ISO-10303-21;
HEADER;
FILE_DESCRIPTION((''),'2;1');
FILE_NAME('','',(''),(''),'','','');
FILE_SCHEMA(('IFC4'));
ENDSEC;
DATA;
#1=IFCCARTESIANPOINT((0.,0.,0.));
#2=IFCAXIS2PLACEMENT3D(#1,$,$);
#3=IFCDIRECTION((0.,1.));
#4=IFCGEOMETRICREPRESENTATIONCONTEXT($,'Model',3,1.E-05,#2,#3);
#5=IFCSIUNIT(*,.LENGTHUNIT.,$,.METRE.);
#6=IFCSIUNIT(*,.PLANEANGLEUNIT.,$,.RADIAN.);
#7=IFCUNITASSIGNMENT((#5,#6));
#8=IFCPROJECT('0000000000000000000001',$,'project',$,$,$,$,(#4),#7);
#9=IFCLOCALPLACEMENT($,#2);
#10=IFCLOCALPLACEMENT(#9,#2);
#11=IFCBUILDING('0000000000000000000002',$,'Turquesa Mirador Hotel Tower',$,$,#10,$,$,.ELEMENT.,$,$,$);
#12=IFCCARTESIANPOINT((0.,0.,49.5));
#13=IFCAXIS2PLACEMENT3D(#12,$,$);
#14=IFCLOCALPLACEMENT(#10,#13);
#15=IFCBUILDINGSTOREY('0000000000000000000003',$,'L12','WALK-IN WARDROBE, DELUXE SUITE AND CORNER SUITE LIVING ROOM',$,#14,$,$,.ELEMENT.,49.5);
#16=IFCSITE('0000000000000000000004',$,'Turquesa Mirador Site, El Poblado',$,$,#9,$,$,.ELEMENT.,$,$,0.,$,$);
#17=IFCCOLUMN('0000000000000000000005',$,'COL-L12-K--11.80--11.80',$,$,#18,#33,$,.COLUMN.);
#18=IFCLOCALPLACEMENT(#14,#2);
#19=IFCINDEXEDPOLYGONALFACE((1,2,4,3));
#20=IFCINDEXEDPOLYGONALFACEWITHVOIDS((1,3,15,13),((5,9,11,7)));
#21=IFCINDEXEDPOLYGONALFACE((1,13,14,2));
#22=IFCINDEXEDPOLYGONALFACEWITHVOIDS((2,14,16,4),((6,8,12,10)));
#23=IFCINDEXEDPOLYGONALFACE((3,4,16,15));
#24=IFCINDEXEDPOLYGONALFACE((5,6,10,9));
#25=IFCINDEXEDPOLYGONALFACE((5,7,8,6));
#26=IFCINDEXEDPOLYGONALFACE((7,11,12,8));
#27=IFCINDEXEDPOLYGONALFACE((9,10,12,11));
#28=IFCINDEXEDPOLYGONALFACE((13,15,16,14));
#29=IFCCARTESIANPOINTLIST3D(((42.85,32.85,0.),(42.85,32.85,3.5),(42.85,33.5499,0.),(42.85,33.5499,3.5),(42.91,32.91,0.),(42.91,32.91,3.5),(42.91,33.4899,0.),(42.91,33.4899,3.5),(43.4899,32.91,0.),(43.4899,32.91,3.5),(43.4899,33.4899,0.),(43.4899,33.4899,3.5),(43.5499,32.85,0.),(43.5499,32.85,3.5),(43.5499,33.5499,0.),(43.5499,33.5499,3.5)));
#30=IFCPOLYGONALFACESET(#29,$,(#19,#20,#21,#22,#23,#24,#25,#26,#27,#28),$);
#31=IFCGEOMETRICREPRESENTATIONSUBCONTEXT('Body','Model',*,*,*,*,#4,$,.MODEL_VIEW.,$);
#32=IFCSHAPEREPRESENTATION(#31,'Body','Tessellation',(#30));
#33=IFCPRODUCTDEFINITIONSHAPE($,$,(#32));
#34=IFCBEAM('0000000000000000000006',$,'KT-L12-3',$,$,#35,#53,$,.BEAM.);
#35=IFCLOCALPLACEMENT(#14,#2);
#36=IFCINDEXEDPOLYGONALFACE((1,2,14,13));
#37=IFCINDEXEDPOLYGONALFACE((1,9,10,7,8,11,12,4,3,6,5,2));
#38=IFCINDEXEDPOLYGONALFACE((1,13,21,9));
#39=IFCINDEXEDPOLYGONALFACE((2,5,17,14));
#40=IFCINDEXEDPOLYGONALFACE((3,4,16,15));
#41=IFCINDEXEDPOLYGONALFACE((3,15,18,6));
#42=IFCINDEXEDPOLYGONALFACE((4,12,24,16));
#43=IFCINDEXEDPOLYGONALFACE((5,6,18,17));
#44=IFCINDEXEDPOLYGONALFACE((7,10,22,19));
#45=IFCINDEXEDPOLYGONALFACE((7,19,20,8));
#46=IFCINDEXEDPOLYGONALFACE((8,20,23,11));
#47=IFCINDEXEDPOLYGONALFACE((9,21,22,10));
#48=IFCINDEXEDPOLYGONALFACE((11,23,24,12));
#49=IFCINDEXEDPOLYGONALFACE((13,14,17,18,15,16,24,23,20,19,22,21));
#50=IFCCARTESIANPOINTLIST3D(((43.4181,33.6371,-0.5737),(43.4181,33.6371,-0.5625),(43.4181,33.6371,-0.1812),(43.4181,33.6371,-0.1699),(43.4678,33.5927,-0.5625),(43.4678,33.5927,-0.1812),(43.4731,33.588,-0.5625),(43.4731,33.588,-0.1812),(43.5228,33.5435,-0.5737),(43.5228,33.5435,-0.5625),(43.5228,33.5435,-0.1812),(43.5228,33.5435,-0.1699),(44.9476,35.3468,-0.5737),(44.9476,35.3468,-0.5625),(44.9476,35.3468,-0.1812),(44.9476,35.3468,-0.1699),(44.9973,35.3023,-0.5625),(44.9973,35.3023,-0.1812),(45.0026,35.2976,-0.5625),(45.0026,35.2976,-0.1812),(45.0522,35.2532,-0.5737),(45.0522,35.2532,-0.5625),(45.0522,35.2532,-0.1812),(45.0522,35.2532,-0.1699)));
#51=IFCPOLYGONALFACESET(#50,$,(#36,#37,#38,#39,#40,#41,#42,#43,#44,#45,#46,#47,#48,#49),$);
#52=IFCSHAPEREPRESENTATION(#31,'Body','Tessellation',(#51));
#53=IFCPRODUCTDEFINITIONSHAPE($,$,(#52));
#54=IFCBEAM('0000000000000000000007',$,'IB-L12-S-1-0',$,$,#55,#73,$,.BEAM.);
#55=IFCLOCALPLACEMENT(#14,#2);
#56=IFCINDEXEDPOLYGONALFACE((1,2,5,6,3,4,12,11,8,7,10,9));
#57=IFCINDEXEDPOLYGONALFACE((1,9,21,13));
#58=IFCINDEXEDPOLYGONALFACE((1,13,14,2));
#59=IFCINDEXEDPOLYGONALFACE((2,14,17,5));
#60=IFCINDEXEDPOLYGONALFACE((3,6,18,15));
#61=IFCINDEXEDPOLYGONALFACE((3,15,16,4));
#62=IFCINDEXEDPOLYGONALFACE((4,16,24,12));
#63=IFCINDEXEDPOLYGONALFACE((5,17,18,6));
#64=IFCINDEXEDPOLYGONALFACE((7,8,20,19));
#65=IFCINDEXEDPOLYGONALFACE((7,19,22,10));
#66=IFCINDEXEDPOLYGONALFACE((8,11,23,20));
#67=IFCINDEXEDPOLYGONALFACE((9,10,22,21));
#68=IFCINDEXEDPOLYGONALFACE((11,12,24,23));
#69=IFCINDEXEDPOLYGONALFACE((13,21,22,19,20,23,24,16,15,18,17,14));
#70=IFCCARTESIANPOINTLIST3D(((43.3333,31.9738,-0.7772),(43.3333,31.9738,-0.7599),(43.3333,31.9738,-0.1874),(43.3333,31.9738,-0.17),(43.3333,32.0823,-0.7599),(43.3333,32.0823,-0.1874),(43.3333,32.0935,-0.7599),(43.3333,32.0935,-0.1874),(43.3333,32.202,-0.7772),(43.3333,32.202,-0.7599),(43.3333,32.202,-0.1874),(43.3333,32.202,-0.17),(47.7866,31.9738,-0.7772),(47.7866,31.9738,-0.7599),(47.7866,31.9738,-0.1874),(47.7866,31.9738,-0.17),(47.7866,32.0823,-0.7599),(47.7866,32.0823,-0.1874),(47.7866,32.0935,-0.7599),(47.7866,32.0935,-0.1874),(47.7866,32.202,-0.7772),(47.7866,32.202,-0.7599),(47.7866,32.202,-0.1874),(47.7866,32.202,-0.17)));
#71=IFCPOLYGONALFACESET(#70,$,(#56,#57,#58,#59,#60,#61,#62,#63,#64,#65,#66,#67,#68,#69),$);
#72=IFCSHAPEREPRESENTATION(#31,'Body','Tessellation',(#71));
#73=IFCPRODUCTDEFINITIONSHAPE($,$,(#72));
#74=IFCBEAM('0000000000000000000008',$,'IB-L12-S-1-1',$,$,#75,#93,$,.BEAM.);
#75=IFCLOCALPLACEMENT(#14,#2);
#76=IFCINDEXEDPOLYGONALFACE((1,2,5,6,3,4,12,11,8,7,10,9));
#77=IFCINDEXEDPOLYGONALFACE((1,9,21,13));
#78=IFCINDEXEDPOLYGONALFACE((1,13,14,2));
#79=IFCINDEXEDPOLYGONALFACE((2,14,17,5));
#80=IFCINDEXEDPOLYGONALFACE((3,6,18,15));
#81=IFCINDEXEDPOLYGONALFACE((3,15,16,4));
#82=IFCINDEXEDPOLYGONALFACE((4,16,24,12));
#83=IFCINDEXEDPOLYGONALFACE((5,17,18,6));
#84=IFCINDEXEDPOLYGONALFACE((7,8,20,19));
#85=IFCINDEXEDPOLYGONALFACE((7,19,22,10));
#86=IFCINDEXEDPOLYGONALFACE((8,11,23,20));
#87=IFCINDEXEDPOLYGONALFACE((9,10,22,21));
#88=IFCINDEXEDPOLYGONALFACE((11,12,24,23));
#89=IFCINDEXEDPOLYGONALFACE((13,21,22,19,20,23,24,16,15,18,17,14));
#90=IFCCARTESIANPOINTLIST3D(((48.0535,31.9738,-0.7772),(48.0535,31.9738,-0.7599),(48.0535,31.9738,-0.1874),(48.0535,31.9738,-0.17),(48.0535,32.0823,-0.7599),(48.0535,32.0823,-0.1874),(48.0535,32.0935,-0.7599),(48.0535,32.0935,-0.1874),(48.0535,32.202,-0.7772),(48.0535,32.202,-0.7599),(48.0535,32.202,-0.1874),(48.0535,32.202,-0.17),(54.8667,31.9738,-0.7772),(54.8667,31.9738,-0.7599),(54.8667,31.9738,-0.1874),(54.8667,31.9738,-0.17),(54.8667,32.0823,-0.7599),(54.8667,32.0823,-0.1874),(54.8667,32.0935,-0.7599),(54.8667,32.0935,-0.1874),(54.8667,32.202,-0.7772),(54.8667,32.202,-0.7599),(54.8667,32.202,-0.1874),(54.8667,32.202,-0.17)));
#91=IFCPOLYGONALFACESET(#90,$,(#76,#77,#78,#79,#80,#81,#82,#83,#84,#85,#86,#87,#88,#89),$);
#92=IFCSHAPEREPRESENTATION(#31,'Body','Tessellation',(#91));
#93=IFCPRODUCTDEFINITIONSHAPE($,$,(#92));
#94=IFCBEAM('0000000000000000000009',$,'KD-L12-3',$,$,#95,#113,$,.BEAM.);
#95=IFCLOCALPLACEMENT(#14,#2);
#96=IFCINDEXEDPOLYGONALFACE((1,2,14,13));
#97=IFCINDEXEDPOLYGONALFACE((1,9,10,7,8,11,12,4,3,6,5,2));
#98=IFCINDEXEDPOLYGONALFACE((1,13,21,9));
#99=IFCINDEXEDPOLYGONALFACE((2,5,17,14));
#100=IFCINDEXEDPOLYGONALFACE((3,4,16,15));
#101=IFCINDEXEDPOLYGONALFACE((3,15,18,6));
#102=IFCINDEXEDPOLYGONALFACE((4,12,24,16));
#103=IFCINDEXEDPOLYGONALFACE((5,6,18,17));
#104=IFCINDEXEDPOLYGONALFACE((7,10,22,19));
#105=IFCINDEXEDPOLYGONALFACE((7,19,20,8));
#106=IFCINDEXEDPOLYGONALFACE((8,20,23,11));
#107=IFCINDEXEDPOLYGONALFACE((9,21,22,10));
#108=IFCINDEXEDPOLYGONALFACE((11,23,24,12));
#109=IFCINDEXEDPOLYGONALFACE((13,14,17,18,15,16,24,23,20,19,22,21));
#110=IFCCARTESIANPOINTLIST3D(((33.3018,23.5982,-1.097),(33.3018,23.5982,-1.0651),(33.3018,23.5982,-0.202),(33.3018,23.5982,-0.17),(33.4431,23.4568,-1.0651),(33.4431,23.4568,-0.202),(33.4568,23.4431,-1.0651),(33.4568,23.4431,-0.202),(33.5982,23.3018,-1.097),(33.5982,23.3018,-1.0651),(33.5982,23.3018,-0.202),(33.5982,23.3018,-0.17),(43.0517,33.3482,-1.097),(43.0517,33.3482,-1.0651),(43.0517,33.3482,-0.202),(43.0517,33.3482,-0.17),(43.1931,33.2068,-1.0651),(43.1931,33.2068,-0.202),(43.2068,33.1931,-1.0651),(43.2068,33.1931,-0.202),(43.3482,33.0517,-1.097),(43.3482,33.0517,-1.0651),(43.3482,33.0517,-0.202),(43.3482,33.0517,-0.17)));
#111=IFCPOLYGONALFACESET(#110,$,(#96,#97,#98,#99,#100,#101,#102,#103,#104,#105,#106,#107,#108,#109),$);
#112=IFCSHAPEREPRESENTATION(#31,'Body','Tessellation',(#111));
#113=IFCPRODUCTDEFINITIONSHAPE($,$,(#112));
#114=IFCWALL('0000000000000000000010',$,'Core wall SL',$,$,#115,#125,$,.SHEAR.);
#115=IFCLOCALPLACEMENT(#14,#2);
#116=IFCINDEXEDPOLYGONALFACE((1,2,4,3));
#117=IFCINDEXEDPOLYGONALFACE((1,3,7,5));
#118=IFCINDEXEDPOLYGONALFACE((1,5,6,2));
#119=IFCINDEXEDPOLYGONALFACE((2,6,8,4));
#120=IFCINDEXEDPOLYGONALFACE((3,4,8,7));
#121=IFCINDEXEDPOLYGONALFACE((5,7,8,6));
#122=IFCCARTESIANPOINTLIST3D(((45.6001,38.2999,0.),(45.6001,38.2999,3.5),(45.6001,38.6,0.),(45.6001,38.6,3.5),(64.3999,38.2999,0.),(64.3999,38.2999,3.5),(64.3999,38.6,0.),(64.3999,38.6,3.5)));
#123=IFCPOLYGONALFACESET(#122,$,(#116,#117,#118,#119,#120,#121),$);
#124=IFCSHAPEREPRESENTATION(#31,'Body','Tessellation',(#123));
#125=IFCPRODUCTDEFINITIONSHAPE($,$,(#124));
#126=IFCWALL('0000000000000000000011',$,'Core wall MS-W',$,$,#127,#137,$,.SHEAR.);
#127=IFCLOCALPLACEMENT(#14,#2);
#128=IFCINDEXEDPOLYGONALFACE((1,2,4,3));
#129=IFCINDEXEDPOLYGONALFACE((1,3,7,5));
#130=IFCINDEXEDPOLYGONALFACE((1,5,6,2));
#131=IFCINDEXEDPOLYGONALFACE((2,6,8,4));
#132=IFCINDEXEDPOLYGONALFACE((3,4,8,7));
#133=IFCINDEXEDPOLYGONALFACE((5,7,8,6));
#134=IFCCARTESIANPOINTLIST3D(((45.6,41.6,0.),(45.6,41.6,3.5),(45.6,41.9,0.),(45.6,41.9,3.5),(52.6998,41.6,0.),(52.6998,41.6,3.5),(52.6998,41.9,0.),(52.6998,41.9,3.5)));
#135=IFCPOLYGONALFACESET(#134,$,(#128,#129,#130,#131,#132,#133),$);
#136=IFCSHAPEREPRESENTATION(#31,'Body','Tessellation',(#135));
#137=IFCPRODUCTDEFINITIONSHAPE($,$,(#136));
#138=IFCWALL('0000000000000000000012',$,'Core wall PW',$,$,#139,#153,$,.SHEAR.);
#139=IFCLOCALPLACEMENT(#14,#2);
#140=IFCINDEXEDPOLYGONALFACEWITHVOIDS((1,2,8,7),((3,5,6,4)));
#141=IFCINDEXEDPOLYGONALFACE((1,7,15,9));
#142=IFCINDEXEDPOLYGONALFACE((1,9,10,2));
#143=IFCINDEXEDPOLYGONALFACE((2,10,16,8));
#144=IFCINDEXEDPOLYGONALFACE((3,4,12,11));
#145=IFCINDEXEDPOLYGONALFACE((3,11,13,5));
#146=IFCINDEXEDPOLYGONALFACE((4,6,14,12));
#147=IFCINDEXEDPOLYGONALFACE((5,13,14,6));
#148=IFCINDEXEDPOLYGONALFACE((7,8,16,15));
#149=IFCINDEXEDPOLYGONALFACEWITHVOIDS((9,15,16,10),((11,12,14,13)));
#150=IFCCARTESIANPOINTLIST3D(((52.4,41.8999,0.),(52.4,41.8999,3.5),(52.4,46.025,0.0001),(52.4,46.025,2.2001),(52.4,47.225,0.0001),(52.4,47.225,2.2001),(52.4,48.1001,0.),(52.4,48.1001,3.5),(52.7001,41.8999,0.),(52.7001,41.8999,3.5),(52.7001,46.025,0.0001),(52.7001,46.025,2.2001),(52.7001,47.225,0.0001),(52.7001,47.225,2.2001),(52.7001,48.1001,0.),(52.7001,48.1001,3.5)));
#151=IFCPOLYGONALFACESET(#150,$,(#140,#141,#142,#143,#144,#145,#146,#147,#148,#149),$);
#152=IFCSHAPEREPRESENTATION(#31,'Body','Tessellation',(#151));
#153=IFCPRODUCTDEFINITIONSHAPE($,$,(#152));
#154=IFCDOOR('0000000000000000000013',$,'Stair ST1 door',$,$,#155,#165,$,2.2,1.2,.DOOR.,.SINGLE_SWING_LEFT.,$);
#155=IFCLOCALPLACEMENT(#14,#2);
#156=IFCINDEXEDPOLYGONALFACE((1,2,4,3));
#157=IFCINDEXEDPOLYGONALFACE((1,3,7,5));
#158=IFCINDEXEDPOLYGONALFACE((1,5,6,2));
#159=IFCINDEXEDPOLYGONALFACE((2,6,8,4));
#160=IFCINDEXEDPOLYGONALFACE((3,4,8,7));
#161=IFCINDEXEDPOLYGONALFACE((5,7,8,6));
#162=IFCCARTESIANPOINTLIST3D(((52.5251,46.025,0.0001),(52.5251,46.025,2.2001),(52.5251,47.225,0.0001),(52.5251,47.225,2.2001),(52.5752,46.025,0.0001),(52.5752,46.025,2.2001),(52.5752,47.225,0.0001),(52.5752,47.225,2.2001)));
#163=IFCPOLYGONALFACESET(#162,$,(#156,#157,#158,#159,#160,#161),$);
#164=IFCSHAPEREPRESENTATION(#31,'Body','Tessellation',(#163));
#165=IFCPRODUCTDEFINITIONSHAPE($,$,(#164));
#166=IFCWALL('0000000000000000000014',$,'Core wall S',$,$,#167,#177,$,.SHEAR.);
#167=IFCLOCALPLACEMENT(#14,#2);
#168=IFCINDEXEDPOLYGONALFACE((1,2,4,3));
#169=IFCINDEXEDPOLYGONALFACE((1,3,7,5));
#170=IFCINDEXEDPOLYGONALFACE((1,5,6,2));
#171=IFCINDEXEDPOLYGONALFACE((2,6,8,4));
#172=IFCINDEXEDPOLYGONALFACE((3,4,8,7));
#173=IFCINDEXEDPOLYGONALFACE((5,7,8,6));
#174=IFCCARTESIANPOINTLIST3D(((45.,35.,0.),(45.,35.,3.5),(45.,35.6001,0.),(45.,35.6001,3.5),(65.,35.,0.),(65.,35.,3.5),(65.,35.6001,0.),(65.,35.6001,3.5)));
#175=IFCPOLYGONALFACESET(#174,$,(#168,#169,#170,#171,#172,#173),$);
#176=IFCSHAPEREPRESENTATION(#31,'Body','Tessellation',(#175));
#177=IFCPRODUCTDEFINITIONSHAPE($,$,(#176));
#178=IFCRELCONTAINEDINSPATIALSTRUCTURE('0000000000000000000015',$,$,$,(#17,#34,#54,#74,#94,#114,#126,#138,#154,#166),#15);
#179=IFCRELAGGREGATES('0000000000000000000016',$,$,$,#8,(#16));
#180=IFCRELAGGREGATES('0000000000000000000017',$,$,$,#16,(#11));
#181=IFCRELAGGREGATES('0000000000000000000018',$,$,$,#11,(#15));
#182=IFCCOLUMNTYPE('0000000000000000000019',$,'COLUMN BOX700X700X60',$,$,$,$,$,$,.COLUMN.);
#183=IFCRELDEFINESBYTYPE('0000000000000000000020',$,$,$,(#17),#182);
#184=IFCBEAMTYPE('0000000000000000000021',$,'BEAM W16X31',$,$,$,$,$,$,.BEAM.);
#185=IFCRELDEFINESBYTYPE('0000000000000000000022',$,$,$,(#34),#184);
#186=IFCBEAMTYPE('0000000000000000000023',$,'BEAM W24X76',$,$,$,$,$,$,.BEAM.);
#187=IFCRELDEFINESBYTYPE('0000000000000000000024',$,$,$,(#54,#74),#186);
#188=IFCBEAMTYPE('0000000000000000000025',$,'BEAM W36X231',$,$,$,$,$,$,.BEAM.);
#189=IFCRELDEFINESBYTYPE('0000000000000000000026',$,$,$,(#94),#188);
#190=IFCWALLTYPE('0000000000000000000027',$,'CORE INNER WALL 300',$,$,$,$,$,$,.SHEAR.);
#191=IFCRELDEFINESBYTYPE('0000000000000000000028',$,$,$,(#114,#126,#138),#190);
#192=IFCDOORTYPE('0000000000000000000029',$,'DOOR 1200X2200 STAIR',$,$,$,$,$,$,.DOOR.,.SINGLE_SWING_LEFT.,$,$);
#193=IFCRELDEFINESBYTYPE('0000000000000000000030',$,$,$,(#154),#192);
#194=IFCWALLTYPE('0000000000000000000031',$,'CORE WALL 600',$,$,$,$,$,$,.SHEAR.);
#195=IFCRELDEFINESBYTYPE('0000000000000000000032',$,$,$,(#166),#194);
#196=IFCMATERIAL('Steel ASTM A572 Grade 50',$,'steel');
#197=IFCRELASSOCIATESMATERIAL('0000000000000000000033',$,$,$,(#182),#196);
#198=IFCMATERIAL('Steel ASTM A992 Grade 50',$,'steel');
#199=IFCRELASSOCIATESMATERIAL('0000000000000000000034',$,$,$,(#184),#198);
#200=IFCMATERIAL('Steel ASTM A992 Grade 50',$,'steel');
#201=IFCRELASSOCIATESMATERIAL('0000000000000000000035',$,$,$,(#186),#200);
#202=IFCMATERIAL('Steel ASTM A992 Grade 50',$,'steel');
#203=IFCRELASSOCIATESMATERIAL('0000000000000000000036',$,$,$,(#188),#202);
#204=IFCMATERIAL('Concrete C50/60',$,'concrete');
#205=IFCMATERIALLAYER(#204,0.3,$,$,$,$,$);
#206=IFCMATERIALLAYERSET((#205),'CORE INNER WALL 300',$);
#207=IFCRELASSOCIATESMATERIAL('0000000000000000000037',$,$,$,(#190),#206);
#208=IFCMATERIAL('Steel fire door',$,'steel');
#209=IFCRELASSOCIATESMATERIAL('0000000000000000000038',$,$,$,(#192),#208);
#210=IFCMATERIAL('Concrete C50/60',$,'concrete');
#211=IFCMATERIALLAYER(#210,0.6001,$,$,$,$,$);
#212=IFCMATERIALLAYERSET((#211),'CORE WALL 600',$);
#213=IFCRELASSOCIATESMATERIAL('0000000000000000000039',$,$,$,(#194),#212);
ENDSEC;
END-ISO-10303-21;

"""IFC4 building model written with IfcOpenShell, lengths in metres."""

from ifc_helpers import new_model, si_unit, direction, frame, frame_2d, origin, origin_2d, place, context, subcontext, project, spatial, rectangle, hollow_rectangle, i_section, extrude, material, layer, layer_set, material_profile, profile_set, type_object, element, fill, save


model = new_model("IFC4")

# Units and contexts
model_context = context("Model", 3, precision=1e-05, world=origin(), true_north=direction((0.0, 1.0)))
body_context = subcontext(model_context, "Body", "Model", "MODEL_VIEW")
ifc_project = project(units=[si_unit("LENGTHUNIT", "METRE"), si_unit("PLANEANGLEUNIT", "RADIAN")], contexts=[model_context])

# Site, building, storey
site_placement = place(None, origin())
site = spatial("IfcSite", under=ifc_project, at=site_placement, Name="Turquesa Mirador Site, El Poblado", CompositionType="ELEMENT", RefElevation=0.0)
building_placement = place(site_placement, origin())
building = spatial("IfcBuilding", under=site, at=building_placement, Name="Turquesa Mirador Hotel Tower", CompositionType="ELEMENT")
storey_placement = place(building_placement, frame((0.0, 0.0, 49.5)))
storey = spatial("IfcBuildingStorey", under=building, at=storey_placement, Name="L12", Description="WALK-IN WARDROBE, DELUXE SUITE AND CORNER SUITE LIVING ROOM", CompositionType="ELEMENT", Elevation=49.5)

# Column
ifc_material_1 = material(Name="Steel ASTM A572 Grade 50", Category="steel")
ifc_material_profile_1 = material_profile(ifc_material_1, hollow_rectangle(XDim=0.7, YDim=0.7, WallThickness=0.0601, at=origin_2d()), Name="BOX700X700X60")
ifc_profile_set_1 = profile_set([ifc_material_profile_1], Name="Steel ASTM A572 Grade 50")
column_type = type_object("IfcColumnType", Name="COLUMN BOX700X700X60", PredefinedType="COLUMN", material=ifc_profile_set_1)
column_placement = place(storey_placement, frame((43.2, 33.2, 0.0), z_axis=(0.0, 0.0, 1.0), x_axis=(1.0, 0.0, 0.0)))
element("IfcColumn", 1, at=column_placement, inside=storey, type_object=column_type, Name="COL-L12-K--11.80--11.80", PredefinedType="COLUMN", context=body_context, shape_type="SweptSolid", body=[
    extrude(hollow_rectangle(XDim=0.7, YDim=0.7, WallThickness=0.0601, at=origin_2d()), origin(), (0.0, 0.0, 1.0), 3.5),
])

# Beams
ifc_material_2 = material(Name="Steel ASTM A992 Grade 50", Category="steel")
ifc_material_profile_2 = material_profile(ifc_material_2, i_section(OverallWidth=0.1404, OverallDepth=0.4038, WebThickness=0.0071, FlangeThickness=0.0112, at=origin_2d()), Name="W16X31")
ifc_profile_set_2 = profile_set([ifc_material_profile_2], Name="Steel ASTM A992 Grade 50")
beam_type_1 = type_object("IfcBeamType", Name="BEAM W16X31", PredefinedType="BEAM", material=ifc_profile_set_2)
beam_1_placement = place(storey_placement, frame((43.4705, 33.5903, -0.3718), z_axis=(0.666745, 0.745286, 0.0), x_axis=(-0.745286, 0.666745, 0.0)))
element("IfcBeam", 2, at=beam_1_placement, inside=storey, type_object=beam_type_1, Name="KT-L12-3", PredefinedType="BEAM", context=body_context, shape_type="SweptSolid", body=[
    extrude(i_section(OverallWidth=0.1404, OverallDepth=0.4038, WebThickness=0.0071, FlangeThickness=0.0112, at=origin_2d()), origin(), (0.0, 0.0, 1.0), 2.2939),
])
ifc_material_3 = material(Name="Steel ASTM A992 Grade 50", Category="steel")
ifc_material_profile_3 = material_profile(ifc_material_3, i_section(OverallWidth=0.2283, OverallDepth=0.6072, WebThickness=0.0112, FlangeThickness=0.0173, at=origin_2d()), Name="W24X76")
ifc_profile_set_3 = profile_set([ifc_material_profile_3], Name="Steel ASTM A992 Grade 50")
beam_type_2 = type_object("IfcBeamType", Name="BEAM W24X76", PredefinedType="BEAM", material=ifc_profile_set_3)
beam_2_placement = place(storey_placement, frame((43.3333, 32.0879, -0.4736), z_axis=(1.0, 0.0, 0.0), x_axis=(0.0, 1.0, 0.0)))
element("IfcBeam", 3, at=beam_2_placement, inside=storey, type_object=beam_type_2, Name="IB-L12-S-1-0", PredefinedType="BEAM", context=body_context, shape_type="SweptSolid", body=[
    extrude(i_section(OverallWidth=0.2283, OverallDepth=0.6072, WebThickness=0.0112, FlangeThickness=0.0173, at=origin_2d()), origin(), (0.0, 0.0, 1.0), 4.4534),
])
beam_3_placement = place(storey_placement, frame((48.0535, 32.0879, -0.4736), z_axis=(1.0, 0.0, 0.0), x_axis=(0.0, 1.0, 0.0)))
element("IfcBeam", 4, at=beam_3_placement, inside=storey, type_object=beam_type_2, Name="IB-L12-S-1-1", PredefinedType="BEAM", context=body_context, shape_type="SweptSolid", body=[
    extrude(i_section(OverallWidth=0.2283, OverallDepth=0.6072, WebThickness=0.0112, FlangeThickness=0.0173, at=origin_2d()), origin(), (0.0, 0.0, 1.0), 6.8132),
])
ifc_material_4 = material(Name="Steel ASTM A992 Grade 50", Category="steel")
ifc_material_profile_4 = material_profile(ifc_material_4, i_section(OverallWidth=0.4192, OverallDepth=0.927, WebThickness=0.0193, FlangeThickness=0.032, at=origin_2d()), Name="W36X231")
ifc_profile_set_4 = profile_set([ifc_material_profile_4], Name="Steel ASTM A992 Grade 50")
beam_type_3 = type_object("IfcBeamType", Name="BEAM W36X231", PredefinedType="BEAM", material=ifc_profile_set_4)
beam_4_placement = place(storey_placement, frame((43.2, 33.2, -0.6335), z_axis=(-0.707107, -0.707107, 0.0), x_axis=(0.707107, -0.707107, 0.0)))
element("IfcBeam", 5, at=beam_4_placement, inside=storey, type_object=beam_type_3, Name="KD-L12-3", PredefinedType="BEAM", context=body_context, shape_type="SweptSolid", body=[
    extrude(i_section(OverallWidth=0.4192, OverallDepth=0.927, WebThickness=0.0193, FlangeThickness=0.032, at=origin_2d()), origin(), (0.0, 0.0, 1.0), 13.7886),
])

# Walls
ifc_material_5 = material(Name="Concrete C50/60", Category="concrete")
ifc_layer_1 = layer(ifc_material_5, 0.3)
ifc_layer_set_1 = layer_set([ifc_layer_1], Name="CORE INNER WALL 300")
wall_type_1 = type_object("IfcWallType", Name="CORE INNER WALL 300", PredefinedType="SHEAR", material=ifc_layer_set_1)
wall_1_placement = place(storey_placement, frame((45.6001, 38.45, 0.0), z_axis=(0.0, 0.0, 1.0), x_axis=(1.0, 0.0, 0.0)))
element("IfcWall", 6, at=wall_1_placement, inside=storey, type_object=wall_type_1, Name="Core wall SL", PredefinedType="SHEAR", context=body_context, shape_type="SweptSolid", body=[
    extrude(rectangle(XDim=18.7998, YDim=0.3, at=frame_2d((9.3999, 0.0))), origin(), (0.0, 0.0, 1.0), 3.5),
])
wall_2_placement = place(storey_placement, frame((45.6001, 41.75, 0.0), z_axis=(0.0, 0.0, 1.0), x_axis=(1.0, 0.0, 0.0)))
element("IfcWall", 7, at=wall_2_placement, inside=storey, type_object=wall_type_1, Name="Core wall MS-W", PredefinedType="SHEAR", context=body_context, shape_type="SweptSolid", body=[
    extrude(rectangle(XDim=7.0999, YDim=0.3, at=frame_2d((3.5498, 0.0))), origin(), (0.0, 0.0, 1.0), 3.5),
])

# Wall, opening, door
wall_3_placement = place(storey_placement, frame((52.55, 41.8999, 0.0), z_axis=(0.0, 0.0, 1.0), x_axis=(0.0, 1.0, 0.0)))
wall_3 = element("IfcWall", 8, at=wall_3_placement, inside=storey, type_object=wall_type_1, Name="Core wall PW", PredefinedType="SHEAR", context=body_context, shape_type="SweptSolid", body=[
    extrude(rectangle(XDim=6.2002, YDim=0.3, at=frame_2d((3.1001, 0.0))), origin(), (0.0, 0.0, 1.0), 3.5),
])
opening_1_placement = place(wall_3_placement, frame((4.125, 0.0, 0.0)))
opening_1 = element("IfcOpeningElement", 9, at=opening_1_placement, cuts=wall_3, PredefinedType="OPENING", context=body_context, shape_type="SweptSolid", body=[
    extrude(rectangle(XDim=1.2, YDim=2.2, at=frame_2d((0.6001, 1.1001))), frame((0.0, 0.1599, 0.0), z_axis=(0.0, -1.0, 0.0), x_axis=(1.0, 0.0, 0.0)), (0.0, 0.0, 1.0), 0.3201),
])
ifc_material_6 = material(Name="Steel fire door", Category="steel")
door_type_1 = type_object("IfcDoorType", Name="DOOR 1200X2200 STAIR", OperationType="SINGLE_SWING_LEFT", PredefinedType="DOOR", material=ifc_material_6)
door_1_placement = place(opening_1_placement, origin())
door_1 = element("IfcDoor", 10, at=door_1_placement, inside=storey, type_object=door_type_1, Name="Stair ST1 door", OperationType="SINGLE_SWING_LEFT", OverallHeight=2.2, OverallWidth=1.2, PredefinedType="DOOR", context=body_context, shape_type="SweptSolid", body=[
    extrude(rectangle(XDim=1.2, YDim=2.2, at=frame_2d((0.6001, 1.1001))), frame((0.0, 0.0249, 0.0), z_axis=(0.0, -1.0, 0.0), x_axis=(1.0, 0.0, 0.0)), (0.0, 0.0, 1.0), 0.05),
])
fill(opening_1, door_1)

# Wall
ifc_material_7 = material(Name="Concrete C50/60", Category="concrete")
ifc_layer_2 = layer(ifc_material_7, 0.6001)
ifc_layer_set_2 = layer_set([ifc_layer_2], Name="CORE WALL 600")
wall_type_2 = type_object("IfcWallType", Name="CORE WALL 600", PredefinedType="SHEAR", material=ifc_layer_set_2)
wall_4_placement = place(storey_placement, frame((45.0, 35.3, 0.0), z_axis=(0.0, 0.0, 1.0), x_axis=(1.0, 0.0, 0.0)))
element("IfcWall", 11, at=wall_4_placement, inside=storey, type_object=wall_type_2, Name="Core wall S", PredefinedType="SHEAR", context=body_context, shape_type="SweptSolid", body=[
    extrude(rectangle(XDim=20.0, YDim=0.6001, at=frame_2d((10.0, 0.0))), origin(), (0.0, 0.0, 1.0), 3.5),
])

save(model, "model.ifc")
